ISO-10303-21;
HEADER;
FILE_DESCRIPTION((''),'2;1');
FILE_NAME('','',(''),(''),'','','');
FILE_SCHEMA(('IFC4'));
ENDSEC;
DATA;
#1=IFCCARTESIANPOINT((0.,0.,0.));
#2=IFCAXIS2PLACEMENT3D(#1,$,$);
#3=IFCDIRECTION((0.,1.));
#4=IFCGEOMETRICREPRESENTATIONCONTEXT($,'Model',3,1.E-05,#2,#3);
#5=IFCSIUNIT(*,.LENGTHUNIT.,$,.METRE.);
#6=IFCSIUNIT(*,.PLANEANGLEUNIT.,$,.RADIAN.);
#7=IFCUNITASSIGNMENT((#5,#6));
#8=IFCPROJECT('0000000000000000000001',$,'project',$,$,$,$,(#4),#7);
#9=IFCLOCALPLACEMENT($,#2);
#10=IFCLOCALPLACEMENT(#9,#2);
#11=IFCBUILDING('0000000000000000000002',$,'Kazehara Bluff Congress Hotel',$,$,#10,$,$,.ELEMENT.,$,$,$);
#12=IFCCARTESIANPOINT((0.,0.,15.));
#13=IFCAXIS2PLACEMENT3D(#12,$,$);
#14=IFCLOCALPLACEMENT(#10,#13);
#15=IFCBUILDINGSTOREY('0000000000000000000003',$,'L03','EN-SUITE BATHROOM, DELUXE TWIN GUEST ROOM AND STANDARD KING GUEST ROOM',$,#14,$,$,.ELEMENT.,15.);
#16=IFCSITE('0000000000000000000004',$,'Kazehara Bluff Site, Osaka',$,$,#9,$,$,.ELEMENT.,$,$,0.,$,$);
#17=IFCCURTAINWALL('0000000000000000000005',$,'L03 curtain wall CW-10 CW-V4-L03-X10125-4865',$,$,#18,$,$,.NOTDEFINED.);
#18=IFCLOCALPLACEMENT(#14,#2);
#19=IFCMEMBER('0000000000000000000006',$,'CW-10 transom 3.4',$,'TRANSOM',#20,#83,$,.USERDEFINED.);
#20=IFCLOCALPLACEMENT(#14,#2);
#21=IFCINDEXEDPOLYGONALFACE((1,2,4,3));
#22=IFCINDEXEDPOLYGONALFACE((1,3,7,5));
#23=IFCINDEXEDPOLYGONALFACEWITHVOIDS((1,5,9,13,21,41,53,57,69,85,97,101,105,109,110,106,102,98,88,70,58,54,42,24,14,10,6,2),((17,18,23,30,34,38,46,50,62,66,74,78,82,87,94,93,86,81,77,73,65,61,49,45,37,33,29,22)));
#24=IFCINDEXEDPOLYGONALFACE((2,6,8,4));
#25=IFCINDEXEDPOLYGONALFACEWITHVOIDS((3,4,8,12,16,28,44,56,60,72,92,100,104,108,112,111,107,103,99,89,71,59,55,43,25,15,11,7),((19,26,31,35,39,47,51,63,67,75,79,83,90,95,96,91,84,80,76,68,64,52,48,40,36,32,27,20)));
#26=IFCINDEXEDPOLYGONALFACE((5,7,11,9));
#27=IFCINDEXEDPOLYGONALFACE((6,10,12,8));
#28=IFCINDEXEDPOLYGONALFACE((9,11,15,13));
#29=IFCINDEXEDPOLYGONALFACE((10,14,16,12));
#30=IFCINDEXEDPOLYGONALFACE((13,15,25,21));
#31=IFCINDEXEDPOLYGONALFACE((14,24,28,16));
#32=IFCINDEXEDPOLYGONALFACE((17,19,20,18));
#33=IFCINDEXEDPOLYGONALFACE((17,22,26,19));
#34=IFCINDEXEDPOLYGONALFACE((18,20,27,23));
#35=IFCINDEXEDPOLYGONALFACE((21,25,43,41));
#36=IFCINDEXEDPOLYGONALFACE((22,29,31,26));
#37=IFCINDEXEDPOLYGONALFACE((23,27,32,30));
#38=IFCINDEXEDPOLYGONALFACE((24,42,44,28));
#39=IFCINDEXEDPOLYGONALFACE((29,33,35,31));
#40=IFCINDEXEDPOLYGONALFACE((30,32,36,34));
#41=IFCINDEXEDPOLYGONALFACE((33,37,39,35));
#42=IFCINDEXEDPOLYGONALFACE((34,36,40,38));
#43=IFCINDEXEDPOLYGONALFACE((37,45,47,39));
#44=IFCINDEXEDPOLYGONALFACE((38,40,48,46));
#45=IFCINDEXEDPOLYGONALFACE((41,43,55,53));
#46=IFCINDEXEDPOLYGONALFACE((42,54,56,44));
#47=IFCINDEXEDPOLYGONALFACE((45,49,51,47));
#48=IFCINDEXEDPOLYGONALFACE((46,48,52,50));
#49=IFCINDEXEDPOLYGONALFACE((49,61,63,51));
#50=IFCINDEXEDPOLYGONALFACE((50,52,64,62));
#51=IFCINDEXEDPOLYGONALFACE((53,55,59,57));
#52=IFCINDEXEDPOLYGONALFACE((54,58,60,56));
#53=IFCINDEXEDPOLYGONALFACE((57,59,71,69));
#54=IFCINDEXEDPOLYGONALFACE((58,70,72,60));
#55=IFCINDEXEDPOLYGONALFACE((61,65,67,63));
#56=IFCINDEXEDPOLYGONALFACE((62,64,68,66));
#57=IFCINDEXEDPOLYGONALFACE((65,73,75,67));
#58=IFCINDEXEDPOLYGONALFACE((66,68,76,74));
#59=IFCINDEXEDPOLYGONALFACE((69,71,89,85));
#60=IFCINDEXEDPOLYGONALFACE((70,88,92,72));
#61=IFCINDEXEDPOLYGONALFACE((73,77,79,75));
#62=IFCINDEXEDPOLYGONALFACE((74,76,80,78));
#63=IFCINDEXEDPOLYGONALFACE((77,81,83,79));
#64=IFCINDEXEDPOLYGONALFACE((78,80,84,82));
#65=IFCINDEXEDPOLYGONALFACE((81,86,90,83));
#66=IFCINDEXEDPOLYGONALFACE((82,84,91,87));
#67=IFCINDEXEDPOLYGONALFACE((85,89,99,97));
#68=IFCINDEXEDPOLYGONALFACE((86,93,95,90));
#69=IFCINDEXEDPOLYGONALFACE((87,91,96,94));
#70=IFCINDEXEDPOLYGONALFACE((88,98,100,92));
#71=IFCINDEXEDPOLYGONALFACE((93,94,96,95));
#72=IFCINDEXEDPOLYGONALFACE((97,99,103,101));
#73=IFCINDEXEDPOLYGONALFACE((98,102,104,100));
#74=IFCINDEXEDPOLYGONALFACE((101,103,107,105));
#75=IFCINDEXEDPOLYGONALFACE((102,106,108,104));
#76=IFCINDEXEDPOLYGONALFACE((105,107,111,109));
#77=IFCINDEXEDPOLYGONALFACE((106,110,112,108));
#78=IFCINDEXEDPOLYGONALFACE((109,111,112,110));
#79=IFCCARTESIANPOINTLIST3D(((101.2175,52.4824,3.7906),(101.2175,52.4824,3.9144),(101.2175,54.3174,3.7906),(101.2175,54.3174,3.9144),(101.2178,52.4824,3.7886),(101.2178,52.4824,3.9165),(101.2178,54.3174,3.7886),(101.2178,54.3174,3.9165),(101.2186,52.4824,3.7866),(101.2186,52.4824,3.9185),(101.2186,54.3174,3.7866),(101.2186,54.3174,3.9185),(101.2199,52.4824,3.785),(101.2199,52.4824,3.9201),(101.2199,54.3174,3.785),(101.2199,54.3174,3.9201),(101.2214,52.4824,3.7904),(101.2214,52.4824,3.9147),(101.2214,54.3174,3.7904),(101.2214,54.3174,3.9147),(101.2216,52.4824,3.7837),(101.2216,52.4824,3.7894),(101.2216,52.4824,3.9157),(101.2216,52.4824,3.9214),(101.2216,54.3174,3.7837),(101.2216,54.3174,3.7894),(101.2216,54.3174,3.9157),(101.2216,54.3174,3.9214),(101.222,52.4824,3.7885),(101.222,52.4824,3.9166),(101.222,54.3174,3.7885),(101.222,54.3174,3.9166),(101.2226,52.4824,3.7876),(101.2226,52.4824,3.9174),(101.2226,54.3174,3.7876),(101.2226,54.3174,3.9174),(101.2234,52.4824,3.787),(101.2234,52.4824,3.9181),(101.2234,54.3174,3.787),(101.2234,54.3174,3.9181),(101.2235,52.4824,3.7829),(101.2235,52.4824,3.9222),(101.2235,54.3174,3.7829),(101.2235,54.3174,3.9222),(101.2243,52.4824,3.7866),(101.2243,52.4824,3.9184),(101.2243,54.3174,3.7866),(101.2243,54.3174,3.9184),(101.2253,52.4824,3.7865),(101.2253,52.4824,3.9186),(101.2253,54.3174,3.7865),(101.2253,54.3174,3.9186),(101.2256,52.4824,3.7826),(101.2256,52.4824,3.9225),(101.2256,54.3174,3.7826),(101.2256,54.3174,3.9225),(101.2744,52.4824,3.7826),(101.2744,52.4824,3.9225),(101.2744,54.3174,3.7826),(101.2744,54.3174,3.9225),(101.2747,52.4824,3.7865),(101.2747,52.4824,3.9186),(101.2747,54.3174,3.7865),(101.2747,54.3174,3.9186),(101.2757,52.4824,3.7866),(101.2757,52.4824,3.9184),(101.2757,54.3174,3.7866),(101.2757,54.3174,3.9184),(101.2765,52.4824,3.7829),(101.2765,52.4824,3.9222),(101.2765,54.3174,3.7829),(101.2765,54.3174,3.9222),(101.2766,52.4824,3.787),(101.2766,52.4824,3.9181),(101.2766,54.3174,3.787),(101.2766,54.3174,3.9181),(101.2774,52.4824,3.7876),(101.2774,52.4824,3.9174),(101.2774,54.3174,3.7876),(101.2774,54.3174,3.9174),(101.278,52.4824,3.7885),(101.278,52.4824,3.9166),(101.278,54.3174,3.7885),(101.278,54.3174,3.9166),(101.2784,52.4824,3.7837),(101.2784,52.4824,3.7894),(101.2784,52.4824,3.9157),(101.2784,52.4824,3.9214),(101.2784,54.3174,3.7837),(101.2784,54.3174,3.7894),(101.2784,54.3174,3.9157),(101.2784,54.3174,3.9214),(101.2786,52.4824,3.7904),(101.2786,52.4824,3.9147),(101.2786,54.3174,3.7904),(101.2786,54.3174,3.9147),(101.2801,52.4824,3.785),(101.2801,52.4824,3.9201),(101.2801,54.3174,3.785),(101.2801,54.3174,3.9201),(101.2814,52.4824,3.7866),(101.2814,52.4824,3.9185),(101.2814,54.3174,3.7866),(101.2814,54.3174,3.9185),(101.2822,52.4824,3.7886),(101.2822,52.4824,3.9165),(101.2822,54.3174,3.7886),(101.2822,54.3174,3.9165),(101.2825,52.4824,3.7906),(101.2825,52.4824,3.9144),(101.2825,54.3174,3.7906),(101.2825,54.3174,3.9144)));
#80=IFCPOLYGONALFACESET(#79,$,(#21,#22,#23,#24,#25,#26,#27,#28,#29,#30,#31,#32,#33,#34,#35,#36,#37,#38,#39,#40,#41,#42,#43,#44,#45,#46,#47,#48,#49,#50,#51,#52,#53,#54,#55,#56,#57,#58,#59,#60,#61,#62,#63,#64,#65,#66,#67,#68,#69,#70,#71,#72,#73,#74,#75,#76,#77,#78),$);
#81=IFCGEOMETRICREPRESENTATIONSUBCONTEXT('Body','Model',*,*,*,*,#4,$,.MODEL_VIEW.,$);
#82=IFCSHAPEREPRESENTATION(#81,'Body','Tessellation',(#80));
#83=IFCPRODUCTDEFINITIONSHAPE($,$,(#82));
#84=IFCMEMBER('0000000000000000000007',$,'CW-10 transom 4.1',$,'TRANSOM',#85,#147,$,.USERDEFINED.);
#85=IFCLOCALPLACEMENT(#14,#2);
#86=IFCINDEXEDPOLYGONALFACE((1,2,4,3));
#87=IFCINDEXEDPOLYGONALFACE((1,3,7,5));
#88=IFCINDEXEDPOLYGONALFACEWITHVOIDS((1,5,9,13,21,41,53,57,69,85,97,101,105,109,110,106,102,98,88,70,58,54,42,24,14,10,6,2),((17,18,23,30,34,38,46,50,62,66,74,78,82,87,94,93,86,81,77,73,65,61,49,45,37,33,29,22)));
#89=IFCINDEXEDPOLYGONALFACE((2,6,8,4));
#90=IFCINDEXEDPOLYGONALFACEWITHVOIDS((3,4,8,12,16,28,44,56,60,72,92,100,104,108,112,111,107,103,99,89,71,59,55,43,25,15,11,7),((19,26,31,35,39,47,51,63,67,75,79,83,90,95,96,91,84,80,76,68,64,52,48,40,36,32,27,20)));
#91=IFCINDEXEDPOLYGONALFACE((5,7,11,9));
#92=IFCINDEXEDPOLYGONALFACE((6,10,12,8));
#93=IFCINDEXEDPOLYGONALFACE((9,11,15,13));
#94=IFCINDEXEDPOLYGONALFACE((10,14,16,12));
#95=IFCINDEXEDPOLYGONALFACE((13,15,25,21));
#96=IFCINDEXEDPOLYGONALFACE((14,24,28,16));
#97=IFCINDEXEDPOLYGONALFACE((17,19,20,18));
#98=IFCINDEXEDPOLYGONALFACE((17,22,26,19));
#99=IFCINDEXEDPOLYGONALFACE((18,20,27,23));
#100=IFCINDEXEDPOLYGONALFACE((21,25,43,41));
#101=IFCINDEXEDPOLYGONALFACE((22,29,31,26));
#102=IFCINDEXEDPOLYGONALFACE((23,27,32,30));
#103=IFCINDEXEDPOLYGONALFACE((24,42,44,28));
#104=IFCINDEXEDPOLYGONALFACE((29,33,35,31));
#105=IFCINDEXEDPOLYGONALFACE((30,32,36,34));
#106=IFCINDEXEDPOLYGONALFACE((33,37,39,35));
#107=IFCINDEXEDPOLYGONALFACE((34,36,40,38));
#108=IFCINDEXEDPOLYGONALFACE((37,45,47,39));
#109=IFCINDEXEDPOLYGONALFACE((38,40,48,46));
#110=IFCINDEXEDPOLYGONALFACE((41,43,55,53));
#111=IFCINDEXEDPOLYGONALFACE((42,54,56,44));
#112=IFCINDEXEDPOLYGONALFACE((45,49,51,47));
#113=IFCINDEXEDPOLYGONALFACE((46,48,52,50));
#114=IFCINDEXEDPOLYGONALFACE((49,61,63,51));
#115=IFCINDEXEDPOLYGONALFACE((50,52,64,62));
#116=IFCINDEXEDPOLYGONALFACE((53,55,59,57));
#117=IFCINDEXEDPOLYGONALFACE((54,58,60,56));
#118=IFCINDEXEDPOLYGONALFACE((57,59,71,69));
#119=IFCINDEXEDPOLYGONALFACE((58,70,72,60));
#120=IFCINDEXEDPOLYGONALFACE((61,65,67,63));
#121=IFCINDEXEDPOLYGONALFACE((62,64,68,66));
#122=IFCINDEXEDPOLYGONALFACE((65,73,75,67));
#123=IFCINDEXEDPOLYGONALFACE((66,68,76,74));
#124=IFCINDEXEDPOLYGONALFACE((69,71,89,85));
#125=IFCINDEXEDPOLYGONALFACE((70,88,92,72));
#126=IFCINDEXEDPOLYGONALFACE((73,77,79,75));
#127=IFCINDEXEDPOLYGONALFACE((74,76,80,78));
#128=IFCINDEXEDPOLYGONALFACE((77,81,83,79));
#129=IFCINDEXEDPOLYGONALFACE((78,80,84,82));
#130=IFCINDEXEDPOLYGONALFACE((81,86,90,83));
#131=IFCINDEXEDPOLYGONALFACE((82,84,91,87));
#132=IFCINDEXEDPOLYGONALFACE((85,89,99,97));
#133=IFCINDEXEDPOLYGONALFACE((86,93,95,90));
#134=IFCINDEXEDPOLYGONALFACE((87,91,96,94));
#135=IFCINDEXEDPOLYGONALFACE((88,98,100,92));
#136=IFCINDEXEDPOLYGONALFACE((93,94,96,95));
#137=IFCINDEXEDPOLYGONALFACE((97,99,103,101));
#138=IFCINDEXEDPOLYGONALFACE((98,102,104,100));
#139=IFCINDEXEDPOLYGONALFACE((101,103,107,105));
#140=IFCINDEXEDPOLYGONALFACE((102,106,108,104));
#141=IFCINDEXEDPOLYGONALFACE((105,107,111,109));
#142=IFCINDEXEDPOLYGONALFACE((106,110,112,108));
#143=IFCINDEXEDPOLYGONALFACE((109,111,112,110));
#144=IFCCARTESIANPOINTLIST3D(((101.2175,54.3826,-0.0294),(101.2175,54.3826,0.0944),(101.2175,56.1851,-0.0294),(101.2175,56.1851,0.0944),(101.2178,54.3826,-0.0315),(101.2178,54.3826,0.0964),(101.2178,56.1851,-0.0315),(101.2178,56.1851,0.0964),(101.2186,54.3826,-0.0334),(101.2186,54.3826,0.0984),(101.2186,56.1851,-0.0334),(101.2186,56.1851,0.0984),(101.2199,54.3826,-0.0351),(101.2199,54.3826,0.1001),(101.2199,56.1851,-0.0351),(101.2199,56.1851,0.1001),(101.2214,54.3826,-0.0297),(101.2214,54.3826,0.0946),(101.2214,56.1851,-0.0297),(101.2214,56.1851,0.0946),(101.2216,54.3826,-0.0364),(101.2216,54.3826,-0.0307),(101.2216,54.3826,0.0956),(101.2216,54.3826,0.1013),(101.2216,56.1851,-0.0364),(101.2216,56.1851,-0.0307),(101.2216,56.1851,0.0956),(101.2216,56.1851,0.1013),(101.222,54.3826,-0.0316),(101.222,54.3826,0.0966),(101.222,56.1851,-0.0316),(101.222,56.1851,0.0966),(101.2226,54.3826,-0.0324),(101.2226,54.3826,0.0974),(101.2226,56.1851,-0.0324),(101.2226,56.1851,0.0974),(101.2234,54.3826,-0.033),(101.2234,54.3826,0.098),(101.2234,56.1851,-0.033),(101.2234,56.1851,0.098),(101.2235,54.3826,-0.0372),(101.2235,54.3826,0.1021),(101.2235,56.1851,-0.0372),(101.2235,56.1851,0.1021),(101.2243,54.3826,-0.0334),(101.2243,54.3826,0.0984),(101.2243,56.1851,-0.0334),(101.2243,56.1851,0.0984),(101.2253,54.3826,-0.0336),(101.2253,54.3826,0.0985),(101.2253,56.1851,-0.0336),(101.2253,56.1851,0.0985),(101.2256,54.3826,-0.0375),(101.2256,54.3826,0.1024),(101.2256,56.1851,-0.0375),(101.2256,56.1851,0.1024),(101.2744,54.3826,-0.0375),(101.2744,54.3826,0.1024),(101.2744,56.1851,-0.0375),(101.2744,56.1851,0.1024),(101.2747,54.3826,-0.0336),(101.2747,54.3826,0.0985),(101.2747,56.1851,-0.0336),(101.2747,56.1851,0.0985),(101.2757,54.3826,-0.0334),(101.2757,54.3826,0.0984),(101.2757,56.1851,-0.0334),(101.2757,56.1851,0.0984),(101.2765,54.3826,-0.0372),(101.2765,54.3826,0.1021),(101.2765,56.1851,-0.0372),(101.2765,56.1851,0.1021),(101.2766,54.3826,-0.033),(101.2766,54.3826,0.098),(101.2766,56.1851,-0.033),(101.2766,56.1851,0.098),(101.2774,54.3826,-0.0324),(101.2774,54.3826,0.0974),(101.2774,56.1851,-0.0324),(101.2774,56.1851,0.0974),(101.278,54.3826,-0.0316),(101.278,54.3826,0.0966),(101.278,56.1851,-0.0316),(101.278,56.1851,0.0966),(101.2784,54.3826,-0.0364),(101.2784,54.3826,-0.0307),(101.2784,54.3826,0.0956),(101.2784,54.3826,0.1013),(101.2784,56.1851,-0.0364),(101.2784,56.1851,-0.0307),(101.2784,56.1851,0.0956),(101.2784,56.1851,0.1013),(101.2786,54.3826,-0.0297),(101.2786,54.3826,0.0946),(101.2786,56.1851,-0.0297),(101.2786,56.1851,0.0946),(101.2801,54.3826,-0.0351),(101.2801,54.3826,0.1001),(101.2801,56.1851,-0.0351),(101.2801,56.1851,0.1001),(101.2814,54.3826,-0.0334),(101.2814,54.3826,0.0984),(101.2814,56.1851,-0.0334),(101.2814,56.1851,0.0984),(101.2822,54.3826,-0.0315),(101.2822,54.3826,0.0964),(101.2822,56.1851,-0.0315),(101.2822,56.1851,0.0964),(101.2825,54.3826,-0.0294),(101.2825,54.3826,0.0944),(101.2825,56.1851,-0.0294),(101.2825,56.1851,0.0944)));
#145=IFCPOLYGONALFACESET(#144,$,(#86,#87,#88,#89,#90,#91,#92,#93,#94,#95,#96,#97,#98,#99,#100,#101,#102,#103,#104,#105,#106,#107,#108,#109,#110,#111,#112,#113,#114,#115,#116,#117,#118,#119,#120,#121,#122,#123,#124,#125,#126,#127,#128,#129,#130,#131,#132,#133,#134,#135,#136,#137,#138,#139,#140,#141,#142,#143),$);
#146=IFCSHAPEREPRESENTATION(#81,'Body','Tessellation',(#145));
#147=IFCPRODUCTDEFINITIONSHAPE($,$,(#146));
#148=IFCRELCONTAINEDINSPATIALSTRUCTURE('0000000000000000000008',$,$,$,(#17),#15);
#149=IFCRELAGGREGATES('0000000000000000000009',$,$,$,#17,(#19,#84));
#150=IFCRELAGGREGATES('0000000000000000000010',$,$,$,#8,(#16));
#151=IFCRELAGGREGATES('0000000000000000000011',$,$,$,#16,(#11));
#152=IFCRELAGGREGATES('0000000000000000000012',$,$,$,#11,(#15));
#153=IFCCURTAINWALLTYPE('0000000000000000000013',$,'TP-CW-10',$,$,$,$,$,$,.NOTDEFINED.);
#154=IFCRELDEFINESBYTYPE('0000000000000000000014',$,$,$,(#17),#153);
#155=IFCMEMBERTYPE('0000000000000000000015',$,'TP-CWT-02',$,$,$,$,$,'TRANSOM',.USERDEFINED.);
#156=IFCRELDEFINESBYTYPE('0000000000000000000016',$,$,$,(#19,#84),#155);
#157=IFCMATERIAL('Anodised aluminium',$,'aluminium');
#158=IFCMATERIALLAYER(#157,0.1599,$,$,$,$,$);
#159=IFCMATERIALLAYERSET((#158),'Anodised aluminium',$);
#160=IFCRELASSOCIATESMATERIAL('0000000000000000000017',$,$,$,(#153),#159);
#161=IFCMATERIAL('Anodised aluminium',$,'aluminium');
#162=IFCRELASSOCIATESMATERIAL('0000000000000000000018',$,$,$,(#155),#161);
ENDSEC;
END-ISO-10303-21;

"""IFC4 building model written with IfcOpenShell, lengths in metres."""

from ifc_helpers import new_model, si_unit, direction, frame, origin, origin_2d, place, context, subcontext, project, spatial, hollow_rectangle, extrude, material, layer, layer_set, material_profile, profile_set, type_object, element, aggregate, save


model = new_model("IFC4")

# Units and contexts
model_context = context("Model", 3, precision=1e-05, world=origin(), true_north=direction((0.0, 1.0)))
body_context = subcontext(model_context, "Body", "Model", "MODEL_VIEW")
ifc_project = project(units=[si_unit("LENGTHUNIT", "METRE"), si_unit("PLANEANGLEUNIT", "RADIAN")], contexts=[model_context])

# Site, building, storey
site_placement = place(None, origin())
site = spatial("IfcSite", under=ifc_project, at=site_placement, Name="Kazehara Bluff Site, Osaka", CompositionType="ELEMENT", RefElevation=0.0)
building_placement = place(site_placement, origin())
building = spatial("IfcBuilding", under=site, at=building_placement, Name="Kazehara Bluff Congress Hotel", CompositionType="ELEMENT")
storey_placement = place(building_placement, frame((0.0, 0.0, 15.0)))
storey = spatial("IfcBuildingStorey", under=building, at=storey_placement, Name="L03", Description="EN-SUITE BATHROOM, DELUXE TWIN GUEST ROOM AND STANDARD KING GUEST ROOM", CompositionType="ELEMENT", Elevation=15.0)

# Curtain wall
ifc_material_1 = material(Name="Anodised aluminium", Category="aluminium")
ifc_layer_1 = layer(ifc_material_1, 0.1599)
ifc_layer_set_1 = layer_set([ifc_layer_1], Name="Anodised aluminium")
curtain_wall_type_1 = type_object("IfcCurtainWallType", Name="TP-CW-10", PredefinedType="NOTDEFINED", material=ifc_layer_set_1)
curtain_wall_1_placement = place(storey_placement, origin())
curtain_wall_1 = element("IfcCurtainWall", 1, at=curtain_wall_1_placement, inside=storey, type_object=curtain_wall_type_1, Name="L03 curtain wall CW-10 CW-V4-L03-X10125-4865", PredefinedType="NOTDEFINED")

# Members
ifc_material_2 = material(Name="Anodised aluminium", Category="aluminium")
ifc_material_profile_1 = material_profile(ifc_material_2, hollow_rectangle(XDim=0.0649, YDim=0.1399, WallThickness=0.0039, InnerFilletRadius=0.0039, OuterFilletRadius=0.0081, at=origin_2d()))
ifc_profile_set_1 = profile_set([ifc_material_profile_1], Name="Anodised aluminium")
member_type_1 = type_object("IfcMemberType", Name="TP-CWT-02", ElementType="TRANSOM", PredefinedType="USERDEFINED", material=ifc_profile_set_1)
member_1_placement = place(storey_placement, frame((101.25, 52.4824, 3.8525), z_axis=(0.0, 1.0, 0.0), x_axis=(-1.0, 0.0, 0.0)))
member_1 = element("IfcMember", 2, at=member_1_placement, type_object=member_type_1, Name="CW-10 transom 3.4", ObjectType="TRANSOM", PredefinedType="USERDEFINED", context=body_context, shape_type="SweptSolid", body=[
    extrude(hollow_rectangle(XDim=0.0649, YDim=0.1399, WallThickness=0.0039, InnerFilletRadius=0.0039, OuterFilletRadius=0.0081, at=origin_2d()), origin(), (0.0, 0.0, 1.0), 1.835),
])
member_2_placement = place(storey_placement, frame((101.25, 54.3826, 0.0325), z_axis=(0.0, 1.0, 0.0), x_axis=(-1.0, 0.0, 0.0)))
member_2 = element("IfcMember", 3, at=member_2_placement, type_object=member_type_1, Name="CW-10 transom 4.1", ObjectType="TRANSOM", PredefinedType="USERDEFINED", context=body_context, shape_type="SweptSolid", body=[
    extrude(hollow_rectangle(XDim=0.0649, YDim=0.1399, WallThickness=0.0039, InnerFilletRadius=0.0039, OuterFilletRadius=0.0081, at=origin_2d()), origin(), (0.0, 0.0, 1.0), 1.8025),
])

aggregate(curtain_wall_1, [member_1, member_2])

save(model, "model.ifc")
